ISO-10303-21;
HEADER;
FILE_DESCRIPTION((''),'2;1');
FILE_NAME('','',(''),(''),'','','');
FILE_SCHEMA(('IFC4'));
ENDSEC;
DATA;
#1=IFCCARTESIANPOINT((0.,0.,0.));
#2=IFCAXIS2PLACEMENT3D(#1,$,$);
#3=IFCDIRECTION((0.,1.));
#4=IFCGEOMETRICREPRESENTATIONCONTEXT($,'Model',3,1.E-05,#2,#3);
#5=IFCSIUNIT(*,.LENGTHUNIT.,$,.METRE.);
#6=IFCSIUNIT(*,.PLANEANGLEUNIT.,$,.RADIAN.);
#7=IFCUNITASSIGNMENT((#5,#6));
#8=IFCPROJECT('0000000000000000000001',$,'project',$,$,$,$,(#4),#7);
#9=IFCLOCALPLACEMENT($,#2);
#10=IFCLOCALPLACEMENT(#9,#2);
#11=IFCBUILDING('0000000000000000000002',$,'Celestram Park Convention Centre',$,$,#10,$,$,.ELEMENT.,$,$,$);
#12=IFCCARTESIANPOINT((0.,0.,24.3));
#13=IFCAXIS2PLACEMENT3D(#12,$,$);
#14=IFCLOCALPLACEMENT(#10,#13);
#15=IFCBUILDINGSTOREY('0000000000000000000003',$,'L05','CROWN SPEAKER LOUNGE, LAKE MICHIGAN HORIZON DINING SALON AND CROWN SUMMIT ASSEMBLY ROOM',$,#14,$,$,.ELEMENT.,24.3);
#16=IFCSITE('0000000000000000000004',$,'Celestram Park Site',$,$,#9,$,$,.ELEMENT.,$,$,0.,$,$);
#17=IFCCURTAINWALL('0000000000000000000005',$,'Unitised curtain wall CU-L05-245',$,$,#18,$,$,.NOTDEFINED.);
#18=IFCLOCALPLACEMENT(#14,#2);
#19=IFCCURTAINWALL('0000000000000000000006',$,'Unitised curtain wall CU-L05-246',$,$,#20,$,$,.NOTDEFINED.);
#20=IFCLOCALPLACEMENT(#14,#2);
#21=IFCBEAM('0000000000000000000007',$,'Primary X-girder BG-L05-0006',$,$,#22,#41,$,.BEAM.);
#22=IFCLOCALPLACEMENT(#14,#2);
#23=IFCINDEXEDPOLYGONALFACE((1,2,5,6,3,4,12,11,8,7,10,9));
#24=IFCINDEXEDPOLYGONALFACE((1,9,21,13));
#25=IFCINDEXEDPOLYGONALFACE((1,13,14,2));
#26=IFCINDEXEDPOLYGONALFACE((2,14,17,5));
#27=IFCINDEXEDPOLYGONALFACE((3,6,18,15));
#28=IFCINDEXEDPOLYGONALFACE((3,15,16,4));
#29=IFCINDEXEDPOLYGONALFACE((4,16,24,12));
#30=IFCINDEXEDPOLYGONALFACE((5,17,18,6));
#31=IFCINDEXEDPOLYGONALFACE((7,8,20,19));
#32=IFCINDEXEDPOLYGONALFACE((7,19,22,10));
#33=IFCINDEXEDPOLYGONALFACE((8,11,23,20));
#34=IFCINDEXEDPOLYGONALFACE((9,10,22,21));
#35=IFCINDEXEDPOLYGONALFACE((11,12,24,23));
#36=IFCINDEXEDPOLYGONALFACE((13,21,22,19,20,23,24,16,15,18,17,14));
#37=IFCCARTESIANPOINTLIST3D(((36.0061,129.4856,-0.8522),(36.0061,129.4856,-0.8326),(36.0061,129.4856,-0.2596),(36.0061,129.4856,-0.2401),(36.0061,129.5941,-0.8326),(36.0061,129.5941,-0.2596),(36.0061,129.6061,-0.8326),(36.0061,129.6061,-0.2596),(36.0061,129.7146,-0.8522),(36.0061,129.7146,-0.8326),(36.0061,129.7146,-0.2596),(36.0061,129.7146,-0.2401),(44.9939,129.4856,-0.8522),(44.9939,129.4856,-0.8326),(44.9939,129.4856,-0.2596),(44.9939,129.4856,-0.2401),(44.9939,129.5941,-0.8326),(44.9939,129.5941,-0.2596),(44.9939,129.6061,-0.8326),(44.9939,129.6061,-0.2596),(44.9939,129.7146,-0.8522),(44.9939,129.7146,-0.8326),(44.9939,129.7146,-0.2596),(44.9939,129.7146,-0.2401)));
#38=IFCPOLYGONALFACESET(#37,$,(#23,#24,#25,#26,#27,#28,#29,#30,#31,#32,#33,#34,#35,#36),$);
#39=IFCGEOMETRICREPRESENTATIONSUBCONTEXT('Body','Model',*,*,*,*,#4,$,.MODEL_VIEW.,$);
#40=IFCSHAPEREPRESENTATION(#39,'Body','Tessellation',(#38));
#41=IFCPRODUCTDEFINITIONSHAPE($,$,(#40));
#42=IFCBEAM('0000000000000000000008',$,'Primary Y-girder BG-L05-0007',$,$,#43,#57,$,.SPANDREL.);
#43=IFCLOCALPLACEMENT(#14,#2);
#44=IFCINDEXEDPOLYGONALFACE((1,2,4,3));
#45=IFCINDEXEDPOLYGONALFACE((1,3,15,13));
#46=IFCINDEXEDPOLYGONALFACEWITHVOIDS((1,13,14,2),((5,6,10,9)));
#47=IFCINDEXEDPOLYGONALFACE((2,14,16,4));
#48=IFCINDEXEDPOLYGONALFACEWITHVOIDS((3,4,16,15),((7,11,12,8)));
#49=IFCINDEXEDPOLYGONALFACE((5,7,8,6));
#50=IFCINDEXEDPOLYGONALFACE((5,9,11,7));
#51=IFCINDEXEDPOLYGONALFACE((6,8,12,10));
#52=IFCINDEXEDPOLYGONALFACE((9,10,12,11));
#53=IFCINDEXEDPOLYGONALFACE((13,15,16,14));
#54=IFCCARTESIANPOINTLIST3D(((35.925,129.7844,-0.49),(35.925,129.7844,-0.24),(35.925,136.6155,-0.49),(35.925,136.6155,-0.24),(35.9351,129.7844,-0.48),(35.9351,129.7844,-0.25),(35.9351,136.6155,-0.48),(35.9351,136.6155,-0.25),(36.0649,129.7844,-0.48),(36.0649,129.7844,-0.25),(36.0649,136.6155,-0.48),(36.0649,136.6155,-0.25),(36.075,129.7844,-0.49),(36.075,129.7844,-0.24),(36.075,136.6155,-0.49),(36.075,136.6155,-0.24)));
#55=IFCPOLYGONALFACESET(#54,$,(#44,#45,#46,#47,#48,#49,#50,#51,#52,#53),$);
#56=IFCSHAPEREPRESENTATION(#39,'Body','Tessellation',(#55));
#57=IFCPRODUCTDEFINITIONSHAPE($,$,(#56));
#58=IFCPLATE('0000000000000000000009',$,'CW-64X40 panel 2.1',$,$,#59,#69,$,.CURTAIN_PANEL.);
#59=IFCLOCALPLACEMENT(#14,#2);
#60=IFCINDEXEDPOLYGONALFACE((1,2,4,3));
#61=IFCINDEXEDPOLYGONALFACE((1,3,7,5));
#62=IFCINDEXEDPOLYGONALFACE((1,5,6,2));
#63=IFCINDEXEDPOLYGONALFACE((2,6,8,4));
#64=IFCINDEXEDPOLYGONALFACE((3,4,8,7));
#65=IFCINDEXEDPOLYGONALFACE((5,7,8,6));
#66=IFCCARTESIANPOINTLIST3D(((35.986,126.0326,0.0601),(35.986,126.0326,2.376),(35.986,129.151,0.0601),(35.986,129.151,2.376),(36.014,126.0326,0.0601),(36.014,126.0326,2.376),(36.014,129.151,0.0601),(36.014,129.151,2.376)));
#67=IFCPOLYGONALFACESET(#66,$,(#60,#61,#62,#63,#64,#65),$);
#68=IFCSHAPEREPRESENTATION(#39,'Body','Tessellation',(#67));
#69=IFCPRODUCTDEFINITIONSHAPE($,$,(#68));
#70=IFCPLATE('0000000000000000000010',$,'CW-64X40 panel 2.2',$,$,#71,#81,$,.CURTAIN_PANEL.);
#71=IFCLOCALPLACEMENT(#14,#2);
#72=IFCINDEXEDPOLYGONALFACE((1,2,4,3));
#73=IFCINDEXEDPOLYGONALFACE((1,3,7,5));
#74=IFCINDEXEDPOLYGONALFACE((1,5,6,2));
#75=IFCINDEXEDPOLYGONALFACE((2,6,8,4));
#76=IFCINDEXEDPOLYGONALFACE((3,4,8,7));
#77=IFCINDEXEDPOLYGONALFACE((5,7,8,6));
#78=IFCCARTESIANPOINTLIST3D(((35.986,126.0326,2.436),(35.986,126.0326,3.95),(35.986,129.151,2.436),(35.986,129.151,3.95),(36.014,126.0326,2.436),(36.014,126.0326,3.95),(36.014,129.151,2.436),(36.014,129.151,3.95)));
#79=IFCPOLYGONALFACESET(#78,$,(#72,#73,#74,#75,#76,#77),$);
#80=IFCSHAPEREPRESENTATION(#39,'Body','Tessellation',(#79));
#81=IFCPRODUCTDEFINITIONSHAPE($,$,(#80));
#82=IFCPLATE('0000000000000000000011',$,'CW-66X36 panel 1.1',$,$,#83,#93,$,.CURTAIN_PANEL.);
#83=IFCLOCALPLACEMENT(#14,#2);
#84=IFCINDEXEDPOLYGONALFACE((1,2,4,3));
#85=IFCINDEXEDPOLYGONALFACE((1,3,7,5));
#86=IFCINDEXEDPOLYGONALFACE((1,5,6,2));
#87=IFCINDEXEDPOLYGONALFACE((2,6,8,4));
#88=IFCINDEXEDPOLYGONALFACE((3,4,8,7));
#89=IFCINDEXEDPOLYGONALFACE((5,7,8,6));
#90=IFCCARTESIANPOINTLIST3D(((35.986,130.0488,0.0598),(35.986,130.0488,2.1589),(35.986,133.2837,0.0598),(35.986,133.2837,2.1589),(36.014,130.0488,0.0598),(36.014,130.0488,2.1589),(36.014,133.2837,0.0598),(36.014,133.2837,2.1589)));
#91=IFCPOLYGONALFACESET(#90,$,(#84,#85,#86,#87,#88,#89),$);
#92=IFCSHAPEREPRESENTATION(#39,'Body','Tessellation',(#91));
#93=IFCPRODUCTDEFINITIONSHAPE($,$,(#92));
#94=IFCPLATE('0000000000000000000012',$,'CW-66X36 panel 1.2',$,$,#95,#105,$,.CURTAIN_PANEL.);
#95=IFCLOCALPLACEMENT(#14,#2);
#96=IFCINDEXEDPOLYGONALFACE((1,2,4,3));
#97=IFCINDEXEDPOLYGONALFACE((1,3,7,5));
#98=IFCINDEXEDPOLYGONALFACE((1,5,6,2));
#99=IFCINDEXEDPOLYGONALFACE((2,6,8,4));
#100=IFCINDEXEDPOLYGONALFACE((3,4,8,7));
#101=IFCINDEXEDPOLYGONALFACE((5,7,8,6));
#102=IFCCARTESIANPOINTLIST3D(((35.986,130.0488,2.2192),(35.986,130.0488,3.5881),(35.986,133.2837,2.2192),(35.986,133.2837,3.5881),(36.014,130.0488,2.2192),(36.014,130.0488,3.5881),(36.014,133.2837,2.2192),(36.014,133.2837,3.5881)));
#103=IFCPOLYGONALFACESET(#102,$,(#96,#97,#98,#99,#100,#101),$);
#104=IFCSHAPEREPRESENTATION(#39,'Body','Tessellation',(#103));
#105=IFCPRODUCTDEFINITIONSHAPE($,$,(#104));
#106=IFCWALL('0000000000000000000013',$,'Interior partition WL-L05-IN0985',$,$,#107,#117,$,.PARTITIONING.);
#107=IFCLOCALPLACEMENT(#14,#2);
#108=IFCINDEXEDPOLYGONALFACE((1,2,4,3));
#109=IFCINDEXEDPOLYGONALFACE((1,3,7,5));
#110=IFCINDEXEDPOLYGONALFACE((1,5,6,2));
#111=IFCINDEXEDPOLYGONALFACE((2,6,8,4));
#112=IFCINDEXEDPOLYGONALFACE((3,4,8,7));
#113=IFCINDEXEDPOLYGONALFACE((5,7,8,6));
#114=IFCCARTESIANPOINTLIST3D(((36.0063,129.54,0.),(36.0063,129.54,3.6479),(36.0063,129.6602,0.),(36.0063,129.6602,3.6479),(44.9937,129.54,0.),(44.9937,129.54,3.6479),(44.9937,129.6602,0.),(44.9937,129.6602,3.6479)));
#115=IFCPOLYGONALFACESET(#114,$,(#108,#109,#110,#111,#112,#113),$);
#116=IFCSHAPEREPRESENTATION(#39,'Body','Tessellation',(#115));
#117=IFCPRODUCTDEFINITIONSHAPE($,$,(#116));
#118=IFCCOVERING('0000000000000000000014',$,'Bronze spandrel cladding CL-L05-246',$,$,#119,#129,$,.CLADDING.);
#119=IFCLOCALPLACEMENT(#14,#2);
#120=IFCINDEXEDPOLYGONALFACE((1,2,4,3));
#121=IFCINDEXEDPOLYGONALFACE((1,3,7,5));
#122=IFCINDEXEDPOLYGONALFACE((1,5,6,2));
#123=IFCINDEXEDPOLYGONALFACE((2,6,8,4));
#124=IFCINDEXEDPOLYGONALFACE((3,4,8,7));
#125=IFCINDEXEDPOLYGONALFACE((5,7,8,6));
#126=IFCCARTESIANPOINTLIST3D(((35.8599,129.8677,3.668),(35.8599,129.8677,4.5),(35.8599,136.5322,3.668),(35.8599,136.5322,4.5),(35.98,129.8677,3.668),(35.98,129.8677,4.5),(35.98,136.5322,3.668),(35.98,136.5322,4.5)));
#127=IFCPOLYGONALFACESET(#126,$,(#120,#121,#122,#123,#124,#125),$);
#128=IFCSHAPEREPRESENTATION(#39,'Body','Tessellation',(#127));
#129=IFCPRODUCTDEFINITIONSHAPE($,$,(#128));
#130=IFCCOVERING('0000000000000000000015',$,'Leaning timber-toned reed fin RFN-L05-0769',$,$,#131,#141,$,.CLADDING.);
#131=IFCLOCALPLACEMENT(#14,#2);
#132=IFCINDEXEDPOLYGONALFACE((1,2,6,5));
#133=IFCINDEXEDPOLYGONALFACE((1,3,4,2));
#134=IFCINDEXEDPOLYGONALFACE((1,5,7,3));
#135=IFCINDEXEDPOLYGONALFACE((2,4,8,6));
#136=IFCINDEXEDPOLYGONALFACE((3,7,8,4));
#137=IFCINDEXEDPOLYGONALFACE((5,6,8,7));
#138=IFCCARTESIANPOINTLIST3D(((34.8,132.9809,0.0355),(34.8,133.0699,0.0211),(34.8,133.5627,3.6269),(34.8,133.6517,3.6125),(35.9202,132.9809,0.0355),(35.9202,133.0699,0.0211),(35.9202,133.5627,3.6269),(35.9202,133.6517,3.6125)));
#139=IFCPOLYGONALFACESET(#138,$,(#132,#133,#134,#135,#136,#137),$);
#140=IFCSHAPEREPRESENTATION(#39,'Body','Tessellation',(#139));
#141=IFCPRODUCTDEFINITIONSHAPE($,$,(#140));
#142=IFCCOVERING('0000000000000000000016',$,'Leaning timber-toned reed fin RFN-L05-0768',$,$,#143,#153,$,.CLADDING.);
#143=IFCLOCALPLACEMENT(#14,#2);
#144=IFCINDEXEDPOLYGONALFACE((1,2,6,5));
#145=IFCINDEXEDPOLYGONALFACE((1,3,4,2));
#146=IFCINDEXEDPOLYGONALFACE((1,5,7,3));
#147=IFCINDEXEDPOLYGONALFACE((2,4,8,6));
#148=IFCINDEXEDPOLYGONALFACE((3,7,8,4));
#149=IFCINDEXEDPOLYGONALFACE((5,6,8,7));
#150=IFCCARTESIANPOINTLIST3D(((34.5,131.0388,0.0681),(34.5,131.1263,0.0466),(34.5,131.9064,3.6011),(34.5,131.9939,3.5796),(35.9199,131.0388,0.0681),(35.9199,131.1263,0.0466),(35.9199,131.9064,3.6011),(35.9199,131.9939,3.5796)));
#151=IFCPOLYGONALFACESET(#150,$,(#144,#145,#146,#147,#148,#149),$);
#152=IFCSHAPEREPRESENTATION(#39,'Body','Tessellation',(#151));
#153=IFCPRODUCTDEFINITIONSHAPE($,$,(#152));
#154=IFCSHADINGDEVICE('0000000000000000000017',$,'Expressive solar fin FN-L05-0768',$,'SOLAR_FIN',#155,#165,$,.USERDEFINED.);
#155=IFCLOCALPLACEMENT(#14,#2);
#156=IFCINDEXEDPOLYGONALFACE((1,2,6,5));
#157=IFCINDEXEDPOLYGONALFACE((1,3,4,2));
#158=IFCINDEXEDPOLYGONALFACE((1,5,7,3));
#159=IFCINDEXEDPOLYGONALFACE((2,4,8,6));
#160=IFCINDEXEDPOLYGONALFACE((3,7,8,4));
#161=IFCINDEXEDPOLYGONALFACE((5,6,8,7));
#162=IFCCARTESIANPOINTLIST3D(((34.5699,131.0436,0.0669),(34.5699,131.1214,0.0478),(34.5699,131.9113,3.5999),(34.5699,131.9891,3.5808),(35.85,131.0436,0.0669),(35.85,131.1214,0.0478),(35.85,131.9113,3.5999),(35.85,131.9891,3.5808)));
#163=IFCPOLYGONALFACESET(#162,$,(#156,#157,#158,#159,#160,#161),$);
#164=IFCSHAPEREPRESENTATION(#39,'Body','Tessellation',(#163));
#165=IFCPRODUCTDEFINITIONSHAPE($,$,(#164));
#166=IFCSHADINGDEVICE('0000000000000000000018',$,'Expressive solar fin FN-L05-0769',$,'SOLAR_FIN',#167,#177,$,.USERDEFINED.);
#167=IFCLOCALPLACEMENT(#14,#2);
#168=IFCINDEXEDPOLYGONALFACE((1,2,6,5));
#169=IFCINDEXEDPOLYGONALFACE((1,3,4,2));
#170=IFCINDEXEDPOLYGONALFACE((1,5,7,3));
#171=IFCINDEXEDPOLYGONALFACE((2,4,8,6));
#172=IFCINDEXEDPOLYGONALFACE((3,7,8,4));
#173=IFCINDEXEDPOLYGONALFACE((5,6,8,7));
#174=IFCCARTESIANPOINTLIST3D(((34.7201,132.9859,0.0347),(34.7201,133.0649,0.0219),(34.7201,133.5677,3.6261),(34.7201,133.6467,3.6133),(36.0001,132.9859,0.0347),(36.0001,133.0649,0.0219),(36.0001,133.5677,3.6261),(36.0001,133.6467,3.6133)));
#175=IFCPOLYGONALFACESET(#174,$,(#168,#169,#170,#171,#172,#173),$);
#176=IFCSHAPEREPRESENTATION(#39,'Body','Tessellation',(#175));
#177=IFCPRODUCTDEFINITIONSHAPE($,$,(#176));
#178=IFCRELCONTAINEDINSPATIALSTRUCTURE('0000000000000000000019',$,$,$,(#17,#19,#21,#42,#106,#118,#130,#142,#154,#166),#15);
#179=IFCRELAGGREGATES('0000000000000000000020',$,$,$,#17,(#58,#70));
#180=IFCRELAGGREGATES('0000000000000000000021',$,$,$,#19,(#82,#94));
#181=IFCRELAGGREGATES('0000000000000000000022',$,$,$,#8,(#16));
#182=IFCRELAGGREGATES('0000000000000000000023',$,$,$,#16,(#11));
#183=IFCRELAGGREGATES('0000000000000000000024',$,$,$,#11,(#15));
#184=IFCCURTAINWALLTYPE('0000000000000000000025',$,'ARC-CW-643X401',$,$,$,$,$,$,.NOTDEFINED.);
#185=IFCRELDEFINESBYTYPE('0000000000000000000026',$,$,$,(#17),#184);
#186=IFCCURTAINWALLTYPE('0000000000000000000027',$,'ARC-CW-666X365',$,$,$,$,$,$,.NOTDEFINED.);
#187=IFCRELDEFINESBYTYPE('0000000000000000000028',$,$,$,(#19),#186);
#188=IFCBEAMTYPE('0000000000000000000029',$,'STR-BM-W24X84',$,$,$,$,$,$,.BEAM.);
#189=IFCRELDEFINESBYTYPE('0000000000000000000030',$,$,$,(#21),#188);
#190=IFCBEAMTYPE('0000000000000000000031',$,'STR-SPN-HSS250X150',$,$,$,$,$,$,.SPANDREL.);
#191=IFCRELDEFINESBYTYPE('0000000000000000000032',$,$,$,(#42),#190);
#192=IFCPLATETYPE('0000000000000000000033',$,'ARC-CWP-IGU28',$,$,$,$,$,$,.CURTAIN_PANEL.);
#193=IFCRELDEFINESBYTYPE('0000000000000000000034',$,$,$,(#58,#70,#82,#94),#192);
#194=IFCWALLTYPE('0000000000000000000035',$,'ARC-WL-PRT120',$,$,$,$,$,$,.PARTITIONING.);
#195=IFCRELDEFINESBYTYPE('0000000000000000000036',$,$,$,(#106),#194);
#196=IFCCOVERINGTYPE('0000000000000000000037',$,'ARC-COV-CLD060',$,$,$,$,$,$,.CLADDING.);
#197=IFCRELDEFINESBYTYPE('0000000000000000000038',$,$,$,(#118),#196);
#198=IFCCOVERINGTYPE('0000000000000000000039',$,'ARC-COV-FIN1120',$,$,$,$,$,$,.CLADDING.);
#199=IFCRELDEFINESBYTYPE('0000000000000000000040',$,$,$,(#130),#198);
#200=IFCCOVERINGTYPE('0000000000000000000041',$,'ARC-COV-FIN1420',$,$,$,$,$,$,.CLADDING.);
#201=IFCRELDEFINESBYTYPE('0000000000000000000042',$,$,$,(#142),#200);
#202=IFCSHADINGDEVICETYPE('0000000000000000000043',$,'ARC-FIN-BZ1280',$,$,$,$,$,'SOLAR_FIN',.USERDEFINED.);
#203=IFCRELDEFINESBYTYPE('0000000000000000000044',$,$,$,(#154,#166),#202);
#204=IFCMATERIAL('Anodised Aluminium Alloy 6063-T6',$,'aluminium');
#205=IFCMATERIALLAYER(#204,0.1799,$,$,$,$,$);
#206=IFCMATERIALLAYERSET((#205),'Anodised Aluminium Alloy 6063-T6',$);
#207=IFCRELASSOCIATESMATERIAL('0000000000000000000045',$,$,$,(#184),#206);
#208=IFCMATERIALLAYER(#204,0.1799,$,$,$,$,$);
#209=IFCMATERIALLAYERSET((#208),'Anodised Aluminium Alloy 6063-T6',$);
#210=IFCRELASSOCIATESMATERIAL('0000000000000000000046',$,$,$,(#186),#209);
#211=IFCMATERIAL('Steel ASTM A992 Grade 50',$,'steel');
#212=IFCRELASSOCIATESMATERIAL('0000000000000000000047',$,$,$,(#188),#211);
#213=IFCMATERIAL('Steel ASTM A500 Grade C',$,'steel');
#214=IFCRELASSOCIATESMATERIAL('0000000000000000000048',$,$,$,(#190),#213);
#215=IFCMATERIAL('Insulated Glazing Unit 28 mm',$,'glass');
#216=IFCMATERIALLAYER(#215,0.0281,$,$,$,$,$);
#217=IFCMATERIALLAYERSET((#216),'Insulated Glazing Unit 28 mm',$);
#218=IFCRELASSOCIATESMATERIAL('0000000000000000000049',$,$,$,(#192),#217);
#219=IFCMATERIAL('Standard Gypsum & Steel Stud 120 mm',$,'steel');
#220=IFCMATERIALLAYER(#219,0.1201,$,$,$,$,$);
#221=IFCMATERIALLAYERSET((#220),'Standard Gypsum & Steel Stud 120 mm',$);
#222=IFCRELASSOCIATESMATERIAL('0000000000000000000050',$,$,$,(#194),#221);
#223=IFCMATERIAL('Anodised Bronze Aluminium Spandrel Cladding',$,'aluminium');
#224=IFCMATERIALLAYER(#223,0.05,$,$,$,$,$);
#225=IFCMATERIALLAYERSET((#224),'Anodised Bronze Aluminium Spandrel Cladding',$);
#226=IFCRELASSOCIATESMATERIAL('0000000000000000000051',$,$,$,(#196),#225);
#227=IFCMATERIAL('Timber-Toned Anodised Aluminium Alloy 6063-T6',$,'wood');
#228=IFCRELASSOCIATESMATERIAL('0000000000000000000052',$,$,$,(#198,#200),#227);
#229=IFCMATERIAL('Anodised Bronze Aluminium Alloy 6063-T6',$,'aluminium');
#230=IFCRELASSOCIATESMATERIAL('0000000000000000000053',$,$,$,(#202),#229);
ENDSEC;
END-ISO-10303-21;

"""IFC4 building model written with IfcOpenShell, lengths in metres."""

from ifc_helpers import new_model, si_unit, direction, frame, frame_2d, origin, origin_2d, place, context, subcontext, project, spatial, rectangle, hollow_rectangle, i_section, extrude, material, layer, layer_set, material_profile, profile_set, type_object, element, aggregate, save


model = new_model("IFC4")

# Units and contexts
model_context = context("Model", 3, precision=1e-05, world=origin(), true_north=direction((0.0, 1.0)))
body_context = subcontext(model_context, "Body", "Model", "MODEL_VIEW")
ifc_project = project(units=[si_unit("LENGTHUNIT", "METRE"), si_unit("PLANEANGLEUNIT", "RADIAN")], contexts=[model_context])

# Site, building, storey
site_placement = place(None, origin())
site = spatial("IfcSite", under=ifc_project, at=site_placement, Name="Celestram Park Site", CompositionType="ELEMENT", RefElevation=0.0)
building_placement = place(site_placement, origin())
building = spatial("IfcBuilding", under=site, at=building_placement, Name="Celestram Park Convention Centre", CompositionType="ELEMENT")
storey_placement = place(building_placement, frame((0.0, 0.0, 24.3)))
storey = spatial("IfcBuildingStorey", under=building, at=storey_placement, Name="L05", Description="CROWN SPEAKER LOUNGE, LAKE MICHIGAN HORIZON DINING SALON AND CROWN SUMMIT ASSEMBLY ROOM", CompositionType="ELEMENT", Elevation=24.3)

# Shared definitions
ifc_material_1 = material(Name="Steel ASTM A992 Grade 50", Category="steel")

# Curtain wall
ifc_material_2 = material(Name="Anodised Aluminium Alloy 6063-T6", Category="aluminium")
ifc_layer_1 = layer(ifc_material_2, 0.1799)
ifc_layer_set_1 = layer_set([ifc_layer_1], Name="Anodised Aluminium Alloy 6063-T6")
curtain_wall_type_1 = type_object("IfcCurtainWallType", Name="ARC-CW-643X401", PredefinedType="NOTDEFINED", material=ifc_layer_set_1)
curtain_wall_1_placement = place(storey_placement, origin())
curtain_wall_1 = element("IfcCurtainWall", 1, at=curtain_wall_1_placement, inside=storey, type_object=curtain_wall_type_1, Name="Unitised curtain wall CU-L05-245", PredefinedType="NOTDEFINED")

# Curtain wall
ifc_layer_2 = layer(ifc_material_2, 0.1799)
ifc_layer_set_2 = layer_set([ifc_layer_2], Name="Anodised Aluminium Alloy 6063-T6")
curtain_wall_type_2 = type_object("IfcCurtainWallType", Name="ARC-CW-666X365", PredefinedType="NOTDEFINED", material=ifc_layer_set_2)
curtain_wall_2_placement = place(storey_placement, origin())
curtain_wall_2 = element("IfcCurtainWall", 2, at=curtain_wall_2_placement, inside=storey, type_object=curtain_wall_type_2, Name="Unitised curtain wall CU-L05-246", PredefinedType="NOTDEFINED")

# Beams
ifc_material_profile_1 = material_profile(ifc_material_1, i_section(OverallWidth=0.229, OverallDepth=0.6121, WebThickness=0.012, FlangeThickness=0.0195, at=origin_2d()), Name="W24X84")
ifc_profile_set_1 = profile_set([ifc_material_profile_1], Name="Steel ASTM A992 Grade 50")
beam_type_1 = type_object("IfcBeamType", Name="STR-BM-W24X84", PredefinedType="BEAM", material=ifc_profile_set_1)
beam_1_placement = place(storey_placement, frame((36.0061, 129.6001, -0.5461), z_axis=(1.0, 0.0, 0.0), x_axis=(0.0, 1.0, 0.0)))
element("IfcBeam", 3, at=beam_1_placement, inside=storey, type_object=beam_type_1, Name="Primary X-girder BG-L05-0006", PredefinedType="BEAM", context=body_context, shape_type="SweptSolid", body=[
    extrude(i_section(OverallWidth=0.229, OverallDepth=0.6121, WebThickness=0.012, FlangeThickness=0.0195, at=origin_2d()), origin(), (0.0, 0.0, 1.0), 8.9878),
])
ifc_material_3 = material(Name="Steel ASTM A500 Grade C", Category="steel")
ifc_material_profile_2 = material_profile(ifc_material_3, hollow_rectangle(XDim=0.1499, YDim=0.25, WallThickness=0.01, at=origin_2d()), Name="HSS250X150X10")
ifc_profile_set_2 = profile_set([ifc_material_profile_2], Name="Steel ASTM A500 Grade C")
beam_type_2 = type_object("IfcBeamType", Name="STR-SPN-HSS250X150", PredefinedType="SPANDREL", material=ifc_profile_set_2)
beam_2_placement = place(storey_placement, frame((36.0, 129.7844, -0.365), z_axis=(0.0, 1.0, 0.0), x_axis=(-1.0, 0.0, 0.0)))
element("IfcBeam", 4, at=beam_2_placement, inside=storey, type_object=beam_type_2, Name="Primary Y-girder BG-L05-0007", PredefinedType="SPANDREL", context=body_context, shape_type="SweptSolid", body=[
    extrude(hollow_rectangle(XDim=0.1499, YDim=0.25, WallThickness=0.01, at=origin_2d()), origin(), (0.0, 0.0, 1.0), 6.8311),
])

# Plates
ifc_material_4 = material(Name="Insulated Glazing Unit 28 mm", Category="glass")
ifc_layer_3 = layer(ifc_material_4, 0.0281)
ifc_layer_set_3 = layer_set([ifc_layer_3], Name="Insulated Glazing Unit 28 mm")
plate_type = type_object("IfcPlateType", Name="ARC-CWP-IGU28", PredefinedType="CURTAIN_PANEL", material=ifc_layer_set_3)
plate_1_placement = place(storey_placement, frame((36.0, 127.5918, 0.0601), z_axis=(0.0, 0.0, 1.0), x_axis=(0.0, 1.0, 0.0)))
plate_1 = element("IfcPlate", 5, at=plate_1_placement, type_object=plate_type, Name="CW-64X40 panel 2.1", PredefinedType="CURTAIN_PANEL", context=body_context, shape_type="SweptSolid", body=[
    extrude(rectangle(XDim=3.1184, YDim=0.0281, at=origin_2d()), origin(), (0.0, 0.0, 1.0), 2.3159),
])
plate_2_placement = place(storey_placement, frame((36.0, 127.5918, 2.436), z_axis=(0.0, 0.0, 1.0), x_axis=(0.0, 1.0, 0.0)))
plate_2 = element("IfcPlate", 6, at=plate_2_placement, type_object=plate_type, Name="CW-64X40 panel 2.2", PredefinedType="CURTAIN_PANEL", context=body_context, shape_type="SweptSolid", body=[
    extrude(rectangle(XDim=3.1184, YDim=0.0281, at=origin_2d()), origin(), (0.0, 0.0, 1.0), 1.5139),
])
aggregate(curtain_wall_1, [plate_1, plate_2])
plate_3_placement = place(storey_placement, frame((36.0, 131.6663, 0.0598), z_axis=(0.0, 0.0, 1.0), x_axis=(0.0, 1.0, 0.0)))
plate_3 = element("IfcPlate", 7, at=plate_3_placement, type_object=plate_type, Name="CW-66X36 panel 1.1", PredefinedType="CURTAIN_PANEL", context=body_context, shape_type="SweptSolid", body=[
    extrude(rectangle(XDim=3.2349, YDim=0.0281, at=origin_2d()), origin(), (0.0, 0.0, 1.0), 2.0991),
])
plate_4_placement = place(storey_placement, frame((36.0, 131.6663, 2.2192), z_axis=(0.0, 0.0, 1.0), x_axis=(0.0, 1.0, 0.0)))
plate_4 = element("IfcPlate", 8, at=plate_4_placement, type_object=plate_type, Name="CW-66X36 panel 1.2", PredefinedType="CURTAIN_PANEL", context=body_context, shape_type="SweptSolid", body=[
    extrude(rectangle(XDim=3.2349, YDim=0.0281, at=origin_2d()), origin(), (0.0, 0.0, 1.0), 1.3689),
])
aggregate(curtain_wall_2, [plate_3, plate_4])

# Wall
ifc_material_5 = material(Name="Standard Gypsum & Steel Stud 120 mm", Category="steel")
ifc_layer_4 = layer(ifc_material_5, 0.1201)
ifc_layer_set_4 = layer_set([ifc_layer_4], Name="Standard Gypsum & Steel Stud 120 mm")
wall_type = type_object("IfcWallType", Name="ARC-WL-PRT120", PredefinedType="PARTITIONING", material=ifc_layer_set_4)
wall_placement = place(storey_placement, frame((36.0063, 129.6001, 0.0), z_axis=(0.0, 0.0, 1.0), x_axis=(1.0, 0.0, 0.0)))
element("IfcWall", 9, at=wall_placement, inside=storey, type_object=wall_type, Name="Interior partition WL-L05-IN0985", PredefinedType="PARTITIONING", context=body_context, shape_type="SweptSolid", body=[
    extrude(rectangle(XDim=8.9873, YDim=0.1201, at=frame_2d((4.4937, 0.0))), origin(), (0.0, 0.0, 1.0), 3.6479),
])

# Coverings
ifc_material_6 = material(Name="Anodised Bronze Aluminium Spandrel Cladding", Category="aluminium")
ifc_layer_5 = layer(ifc_material_6, 0.05)
ifc_layer_set_5 = layer_set([ifc_layer_5], Name="Anodised Bronze Aluminium Spandrel Cladding")
covering_type_1 = type_object("IfcCoveringType", Name="ARC-COV-CLD060", PredefinedType="CLADDING", material=ifc_layer_set_5)
covering_1_placement = place(storey_placement, frame((35.9199, 133.2, 3.668), z_axis=(0.0, 0.0, 1.0), x_axis=(0.0, 1.0, 0.0)))
element("IfcCovering", 10, at=covering_1_placement, inside=storey, type_object=covering_type_1, Name="Bronze spandrel cladding CL-L05-246", PredefinedType="CLADDING", context=body_context, shape_type="SweptSolid", body=[
    extrude(rectangle(XDim=6.6646, YDim=0.1201, at=origin_2d()), origin(), (0.0, 0.0, 1.0), 0.832),
])
ifc_material_7 = material(Name="Timber-Toned Anodised Aluminium Alloy 6063-T6", Category="wood")
ifc_material_profile_3 = material_profile(ifc_material_7, rectangle(XDim=1.1201, YDim=0.0901, at=origin_2d()), Name="REED1120X90")
ifc_profile_set_3 = profile_set([ifc_material_profile_3], Name="Timber-Toned Anodised Aluminium Alloy 6063-T6")
covering_type_2 = type_object("IfcCoveringType", Name="ARC-COV-FIN1120", PredefinedType="CLADDING", material=ifc_profile_set_3)
covering_2_placement = place(storey_placement, frame((35.3601, 133.0254, 0.0283), z_axis=(0.0, 0.159914, 0.987131), x_axis=(-1.0, 0.0, 0.0)))
element("IfcCovering", 11, at=covering_2_placement, inside=storey, type_object=covering_type_2, Name="Leaning timber-toned reed fin RFN-L05-0769", PredefinedType="CLADDING", context=body_context, shape_type="SweptSolid", body=[
    extrude(rectangle(XDim=1.1201, YDim=0.0901, at=origin_2d()), origin(), (0.0, 0.0, 1.0), 3.6382),
])
ifc_material_profile_4 = material_profile(ifc_material_7, rectangle(XDim=1.4199, YDim=0.0901, at=origin_2d()), Name="REED1420X90")
ifc_profile_set_4 = profile_set([ifc_material_profile_4], Name="Timber-Toned Anodised Aluminium Alloy 6063-T6")
covering_type_3 = type_object("IfcCoveringType", Name="ARC-COV-FIN1420", PredefinedType="CLADDING", material=ifc_profile_set_4)
covering_3_placement = place(storey_placement, frame((35.21, 131.0825, 0.0574), z_axis=(0.0, 0.238507, 0.971141), x_axis=(-1.0, 0.0, 0.0)))
element("IfcCovering", 12, at=covering_3_placement, inside=storey, type_object=covering_type_3, Name="Leaning timber-toned reed fin RFN-L05-0768", PredefinedType="CLADDING", context=body_context, shape_type="SweptSolid", body=[
    extrude(rectangle(XDim=1.4199, YDim=0.0901, at=origin_2d()), origin(), (0.0, 0.0, 1.0), 3.6379),
])

# Shading devices
ifc_material_8 = material(Name="Anodised Bronze Aluminium Alloy 6063-T6", Category="aluminium")
ifc_material_profile_5 = material_profile(ifc_material_8, rectangle(XDim=1.28, YDim=0.0801, at=origin_2d()), Name="FIN1280X80")
ifc_profile_set_5 = profile_set([ifc_material_profile_5], Name="Anodised Bronze Aluminium Alloy 6063-T6")
shading_device_type = type_object("IfcShadingDeviceType", Name="ARC-FIN-BZ1280", ElementType="SOLAR_FIN", PredefinedType="USERDEFINED", material=ifc_profile_set_5)
shading_device_1_placement = place(storey_placement, frame((35.21, 131.0825, 0.0574), z_axis=(0.0, 0.238507, 0.971141), x_axis=(-1.0, 0.0, 0.0)))
element("IfcShadingDevice", 13, at=shading_device_1_placement, inside=storey, type_object=shading_device_type, Name="Expressive solar fin FN-L05-0768", ObjectType="SOLAR_FIN", PredefinedType="USERDEFINED", context=body_context, shape_type="SweptSolid", body=[
    extrude(rectangle(XDim=1.28, YDim=0.0801, at=origin_2d()), origin(), (0.0, 0.0, 1.0), 3.6379),
])
shading_device_2_placement = place(storey_placement, frame((35.3601, 133.0254, 0.0283), z_axis=(0.0, 0.159914, 0.987131), x_axis=(-1.0, 0.0, 0.0)))
element("IfcShadingDevice", 14, at=shading_device_2_placement, inside=storey, type_object=shading_device_type, Name="Expressive solar fin FN-L05-0769", ObjectType="SOLAR_FIN", PredefinedType="USERDEFINED", context=body_context, shape_type="SweptSolid", body=[
    extrude(rectangle(XDim=1.28, YDim=0.0801, at=origin_2d()), origin(), (0.0, 0.0, 1.0), 3.6382),
])

save(model, "model.ifc")
